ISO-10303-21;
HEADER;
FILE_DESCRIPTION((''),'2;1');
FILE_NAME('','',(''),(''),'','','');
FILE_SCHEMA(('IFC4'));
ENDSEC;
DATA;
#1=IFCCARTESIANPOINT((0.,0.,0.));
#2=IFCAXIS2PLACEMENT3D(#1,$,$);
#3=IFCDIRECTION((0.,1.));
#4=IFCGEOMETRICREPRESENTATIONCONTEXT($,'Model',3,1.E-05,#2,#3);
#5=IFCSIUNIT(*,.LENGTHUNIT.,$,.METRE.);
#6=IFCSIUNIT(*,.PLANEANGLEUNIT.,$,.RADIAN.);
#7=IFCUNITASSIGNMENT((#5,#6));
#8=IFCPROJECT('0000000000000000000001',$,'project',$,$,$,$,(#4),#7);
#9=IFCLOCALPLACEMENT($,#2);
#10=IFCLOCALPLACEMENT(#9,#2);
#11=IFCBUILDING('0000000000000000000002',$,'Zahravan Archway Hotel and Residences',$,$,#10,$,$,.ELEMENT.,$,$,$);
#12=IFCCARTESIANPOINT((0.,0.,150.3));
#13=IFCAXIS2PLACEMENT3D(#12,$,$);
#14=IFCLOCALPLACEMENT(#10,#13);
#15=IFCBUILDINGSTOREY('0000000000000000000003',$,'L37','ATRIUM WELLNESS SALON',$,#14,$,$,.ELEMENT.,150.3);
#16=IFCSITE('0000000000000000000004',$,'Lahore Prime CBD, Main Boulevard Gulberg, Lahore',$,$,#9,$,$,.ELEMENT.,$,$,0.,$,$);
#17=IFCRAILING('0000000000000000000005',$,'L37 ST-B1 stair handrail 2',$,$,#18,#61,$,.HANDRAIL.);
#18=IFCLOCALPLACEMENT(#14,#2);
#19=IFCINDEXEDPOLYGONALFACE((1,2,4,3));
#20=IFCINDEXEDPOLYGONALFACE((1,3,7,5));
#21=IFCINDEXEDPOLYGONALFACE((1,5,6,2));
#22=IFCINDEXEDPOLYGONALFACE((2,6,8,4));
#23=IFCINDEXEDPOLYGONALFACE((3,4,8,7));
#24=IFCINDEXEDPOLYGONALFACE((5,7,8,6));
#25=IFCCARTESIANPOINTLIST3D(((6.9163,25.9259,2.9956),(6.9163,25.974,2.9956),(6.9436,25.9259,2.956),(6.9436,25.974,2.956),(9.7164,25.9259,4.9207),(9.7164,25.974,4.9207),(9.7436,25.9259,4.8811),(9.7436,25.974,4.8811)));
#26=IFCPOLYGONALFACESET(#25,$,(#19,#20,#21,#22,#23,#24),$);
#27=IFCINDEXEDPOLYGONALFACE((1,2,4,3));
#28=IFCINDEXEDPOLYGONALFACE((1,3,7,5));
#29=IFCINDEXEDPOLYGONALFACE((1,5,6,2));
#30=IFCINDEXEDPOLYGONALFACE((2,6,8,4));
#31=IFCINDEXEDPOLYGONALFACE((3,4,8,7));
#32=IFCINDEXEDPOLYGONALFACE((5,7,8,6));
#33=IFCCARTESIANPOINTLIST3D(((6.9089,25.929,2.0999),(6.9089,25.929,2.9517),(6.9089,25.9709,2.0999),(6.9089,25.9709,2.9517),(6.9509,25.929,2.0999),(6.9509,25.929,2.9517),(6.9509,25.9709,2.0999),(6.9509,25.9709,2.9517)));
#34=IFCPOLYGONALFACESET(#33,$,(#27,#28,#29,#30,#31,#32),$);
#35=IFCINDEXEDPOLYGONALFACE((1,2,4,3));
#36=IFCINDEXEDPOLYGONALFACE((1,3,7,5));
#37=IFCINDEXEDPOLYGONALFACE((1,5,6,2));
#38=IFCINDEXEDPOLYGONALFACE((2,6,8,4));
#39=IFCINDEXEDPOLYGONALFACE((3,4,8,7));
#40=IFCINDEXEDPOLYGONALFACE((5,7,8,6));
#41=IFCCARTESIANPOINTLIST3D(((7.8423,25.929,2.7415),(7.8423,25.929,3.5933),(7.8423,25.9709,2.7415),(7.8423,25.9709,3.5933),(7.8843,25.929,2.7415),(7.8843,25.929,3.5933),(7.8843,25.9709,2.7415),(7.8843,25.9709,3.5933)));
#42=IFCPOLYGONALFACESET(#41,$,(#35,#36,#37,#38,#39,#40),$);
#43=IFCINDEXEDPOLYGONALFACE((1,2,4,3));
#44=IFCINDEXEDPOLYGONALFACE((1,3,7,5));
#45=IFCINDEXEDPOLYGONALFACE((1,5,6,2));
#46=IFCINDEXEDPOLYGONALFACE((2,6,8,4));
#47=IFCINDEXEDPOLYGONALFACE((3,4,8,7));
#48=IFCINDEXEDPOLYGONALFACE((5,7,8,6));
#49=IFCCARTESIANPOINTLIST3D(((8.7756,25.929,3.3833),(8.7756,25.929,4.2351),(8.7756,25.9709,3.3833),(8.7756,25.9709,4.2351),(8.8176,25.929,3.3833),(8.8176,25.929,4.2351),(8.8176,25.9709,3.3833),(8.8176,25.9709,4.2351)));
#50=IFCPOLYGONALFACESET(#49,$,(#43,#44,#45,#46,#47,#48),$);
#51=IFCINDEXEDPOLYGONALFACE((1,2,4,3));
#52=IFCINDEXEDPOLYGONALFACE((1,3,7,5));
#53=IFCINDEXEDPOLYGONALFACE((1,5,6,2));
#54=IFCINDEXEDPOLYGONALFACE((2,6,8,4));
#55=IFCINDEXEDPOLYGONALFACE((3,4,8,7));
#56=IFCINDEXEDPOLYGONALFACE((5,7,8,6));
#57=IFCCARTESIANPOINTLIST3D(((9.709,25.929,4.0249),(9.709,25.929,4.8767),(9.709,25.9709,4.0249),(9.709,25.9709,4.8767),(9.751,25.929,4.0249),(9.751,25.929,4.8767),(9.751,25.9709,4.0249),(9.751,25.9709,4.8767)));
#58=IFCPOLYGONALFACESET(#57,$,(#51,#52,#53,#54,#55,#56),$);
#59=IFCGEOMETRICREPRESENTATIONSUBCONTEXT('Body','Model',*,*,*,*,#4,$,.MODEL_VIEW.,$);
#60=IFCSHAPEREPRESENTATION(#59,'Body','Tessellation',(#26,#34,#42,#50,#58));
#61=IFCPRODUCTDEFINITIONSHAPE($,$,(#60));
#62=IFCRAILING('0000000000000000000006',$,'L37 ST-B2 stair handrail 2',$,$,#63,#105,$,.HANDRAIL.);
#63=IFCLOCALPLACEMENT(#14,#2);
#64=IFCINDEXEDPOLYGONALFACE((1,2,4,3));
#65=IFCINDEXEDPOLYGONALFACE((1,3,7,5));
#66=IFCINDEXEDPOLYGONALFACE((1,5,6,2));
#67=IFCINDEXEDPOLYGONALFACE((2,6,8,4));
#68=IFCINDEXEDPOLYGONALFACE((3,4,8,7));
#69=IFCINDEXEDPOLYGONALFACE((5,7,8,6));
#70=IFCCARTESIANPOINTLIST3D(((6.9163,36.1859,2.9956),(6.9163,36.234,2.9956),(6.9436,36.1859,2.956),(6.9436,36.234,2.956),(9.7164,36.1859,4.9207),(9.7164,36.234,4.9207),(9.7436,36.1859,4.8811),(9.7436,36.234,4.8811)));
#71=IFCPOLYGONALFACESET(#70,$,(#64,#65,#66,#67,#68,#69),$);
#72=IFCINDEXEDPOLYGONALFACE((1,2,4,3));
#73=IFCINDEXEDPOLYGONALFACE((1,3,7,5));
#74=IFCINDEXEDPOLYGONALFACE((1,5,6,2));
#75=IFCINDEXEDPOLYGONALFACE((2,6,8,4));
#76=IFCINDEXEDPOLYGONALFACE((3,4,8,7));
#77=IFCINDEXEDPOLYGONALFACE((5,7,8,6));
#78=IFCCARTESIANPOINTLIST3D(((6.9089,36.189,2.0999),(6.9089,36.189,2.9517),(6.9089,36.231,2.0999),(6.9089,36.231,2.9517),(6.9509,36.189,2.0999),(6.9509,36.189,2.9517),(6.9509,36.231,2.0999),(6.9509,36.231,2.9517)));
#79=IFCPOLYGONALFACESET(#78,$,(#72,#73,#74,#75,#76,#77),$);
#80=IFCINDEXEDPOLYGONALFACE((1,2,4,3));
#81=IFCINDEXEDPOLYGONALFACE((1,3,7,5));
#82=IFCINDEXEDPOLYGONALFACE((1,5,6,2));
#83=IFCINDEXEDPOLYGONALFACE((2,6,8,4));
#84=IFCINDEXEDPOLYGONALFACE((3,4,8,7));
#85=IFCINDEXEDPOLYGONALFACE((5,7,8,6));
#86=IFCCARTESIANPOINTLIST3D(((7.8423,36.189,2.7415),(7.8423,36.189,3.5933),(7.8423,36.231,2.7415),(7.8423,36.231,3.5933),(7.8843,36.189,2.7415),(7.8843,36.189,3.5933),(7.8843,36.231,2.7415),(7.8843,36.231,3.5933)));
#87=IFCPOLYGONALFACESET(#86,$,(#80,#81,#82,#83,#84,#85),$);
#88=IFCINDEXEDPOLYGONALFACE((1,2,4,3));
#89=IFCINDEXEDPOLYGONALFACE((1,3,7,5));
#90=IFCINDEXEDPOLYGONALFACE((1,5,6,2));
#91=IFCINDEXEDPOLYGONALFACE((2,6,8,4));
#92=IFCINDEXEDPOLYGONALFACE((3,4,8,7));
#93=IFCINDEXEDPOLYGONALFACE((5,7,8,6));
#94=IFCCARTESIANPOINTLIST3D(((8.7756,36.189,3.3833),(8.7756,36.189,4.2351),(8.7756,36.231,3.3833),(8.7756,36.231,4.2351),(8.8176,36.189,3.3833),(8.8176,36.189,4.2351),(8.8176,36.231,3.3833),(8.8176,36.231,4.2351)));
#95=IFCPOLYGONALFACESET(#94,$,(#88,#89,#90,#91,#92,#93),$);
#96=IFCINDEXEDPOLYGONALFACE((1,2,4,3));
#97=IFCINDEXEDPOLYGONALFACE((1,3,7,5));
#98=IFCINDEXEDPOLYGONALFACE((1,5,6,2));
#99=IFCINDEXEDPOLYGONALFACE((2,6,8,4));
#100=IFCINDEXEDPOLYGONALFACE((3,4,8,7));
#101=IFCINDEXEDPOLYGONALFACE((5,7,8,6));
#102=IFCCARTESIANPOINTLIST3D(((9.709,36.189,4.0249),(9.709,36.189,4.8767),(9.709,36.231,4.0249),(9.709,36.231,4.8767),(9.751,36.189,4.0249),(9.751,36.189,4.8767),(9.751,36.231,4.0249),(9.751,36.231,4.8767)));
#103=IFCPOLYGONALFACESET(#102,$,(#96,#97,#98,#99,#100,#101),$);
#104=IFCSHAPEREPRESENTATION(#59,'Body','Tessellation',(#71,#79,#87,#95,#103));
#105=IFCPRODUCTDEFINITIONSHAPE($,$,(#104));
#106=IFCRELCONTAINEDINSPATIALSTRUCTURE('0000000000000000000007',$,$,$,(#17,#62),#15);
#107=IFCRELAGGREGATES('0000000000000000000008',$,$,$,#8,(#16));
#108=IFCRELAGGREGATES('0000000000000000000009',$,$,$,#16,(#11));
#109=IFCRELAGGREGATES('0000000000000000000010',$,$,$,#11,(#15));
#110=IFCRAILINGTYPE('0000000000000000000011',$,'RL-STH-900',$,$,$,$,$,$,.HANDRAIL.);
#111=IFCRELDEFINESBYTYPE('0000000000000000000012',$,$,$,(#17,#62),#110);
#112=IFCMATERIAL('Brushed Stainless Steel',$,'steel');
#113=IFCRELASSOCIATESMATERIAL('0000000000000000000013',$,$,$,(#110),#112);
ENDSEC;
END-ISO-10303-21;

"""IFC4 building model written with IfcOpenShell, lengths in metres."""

from ifc_helpers import new_model, si_unit, direction, frame, origin, origin_2d, place, context, subcontext, project, spatial, rectangle, extrude, material, type_object, element, save


model = new_model("IFC4")

# Units and contexts
model_context = context("Model", 3, precision=1e-05, world=origin(), true_north=direction((0.0, 1.0)))
body_context = subcontext(model_context, "Body", "Model", "MODEL_VIEW")
ifc_project = project(units=[si_unit("LENGTHUNIT", "METRE"), si_unit("PLANEANGLEUNIT", "RADIAN")], contexts=[model_context])

# Site, building, storey
site_placement = place(None, origin())
site = spatial("IfcSite", under=ifc_project, at=site_placement, Name="Lahore Prime CBD, Main Boulevard Gulberg, Lahore", CompositionType="ELEMENT", RefElevation=0.0)
building_placement = place(site_placement, origin())
building = spatial("IfcBuilding", under=site, at=building_placement, Name="Zahravan Archway Hotel and Residences", CompositionType="ELEMENT")
storey_placement = place(building_placement, frame((0.0, 0.0, 150.3)))
storey = spatial("IfcBuildingStorey", under=building, at=storey_placement, Name="L37", Description="ATRIUM WELLNESS SALON", CompositionType="ELEMENT", Elevation=150.3)

# Shared definitions
ifc_material_1 = material(Name="Brushed Stainless Steel", Category="steel")

# Railings
railing_type_1 = type_object("IfcRailingType", Name="RL-STH-900", PredefinedType="HANDRAIL", material=ifc_material_1)
for number, where, name in (
    (1, (6.9299, 25.95, 2.0999), "L37 ST-B1 stair handrail 2"),
    (2, (6.9299, 36.21, 2.0999), "L37 ST-B2 stair handrail 2"),
):
    element("IfcRailing", number, at=place(storey_placement, frame(where)), inside=storey, type_object=railing_type_1, Name=name, PredefinedType="HANDRAIL", context=body_context, shape_type="SweptSolid", body=[
        extrude(rectangle(XDim=0.0481, YDim=0.0481, at=origin_2d()), frame((0.0, 0.0, 0.876), z_axis=(0.82404, 0.0, 0.566532), x_axis=(0.0, 1.0, 0.0)), (0.0, 0.0, 1.0), 3.3979),
        extrude(rectangle(XDim=0.042, YDim=0.042, at=origin_2d()), origin(), (0.0, 0.0, 1.0), 0.8518),
        extrude(rectangle(XDim=0.042, YDim=0.042, at=origin_2d()), frame((0.9333, 0.0, 0.6416)), (0.0, 0.0, 1.0), 0.8518),
        extrude(rectangle(XDim=0.042, YDim=0.042, at=origin_2d()), frame((1.8667, 0.0, 1.2834)), (0.0, 0.0, 1.0), 0.8518),
        extrude(rectangle(XDim=0.042, YDim=0.042, at=origin_2d()), frame((2.8, 0.0, 1.925)), (0.0, 0.0, 1.0), 0.8518),
    ])

save(model, "model.ifc")
